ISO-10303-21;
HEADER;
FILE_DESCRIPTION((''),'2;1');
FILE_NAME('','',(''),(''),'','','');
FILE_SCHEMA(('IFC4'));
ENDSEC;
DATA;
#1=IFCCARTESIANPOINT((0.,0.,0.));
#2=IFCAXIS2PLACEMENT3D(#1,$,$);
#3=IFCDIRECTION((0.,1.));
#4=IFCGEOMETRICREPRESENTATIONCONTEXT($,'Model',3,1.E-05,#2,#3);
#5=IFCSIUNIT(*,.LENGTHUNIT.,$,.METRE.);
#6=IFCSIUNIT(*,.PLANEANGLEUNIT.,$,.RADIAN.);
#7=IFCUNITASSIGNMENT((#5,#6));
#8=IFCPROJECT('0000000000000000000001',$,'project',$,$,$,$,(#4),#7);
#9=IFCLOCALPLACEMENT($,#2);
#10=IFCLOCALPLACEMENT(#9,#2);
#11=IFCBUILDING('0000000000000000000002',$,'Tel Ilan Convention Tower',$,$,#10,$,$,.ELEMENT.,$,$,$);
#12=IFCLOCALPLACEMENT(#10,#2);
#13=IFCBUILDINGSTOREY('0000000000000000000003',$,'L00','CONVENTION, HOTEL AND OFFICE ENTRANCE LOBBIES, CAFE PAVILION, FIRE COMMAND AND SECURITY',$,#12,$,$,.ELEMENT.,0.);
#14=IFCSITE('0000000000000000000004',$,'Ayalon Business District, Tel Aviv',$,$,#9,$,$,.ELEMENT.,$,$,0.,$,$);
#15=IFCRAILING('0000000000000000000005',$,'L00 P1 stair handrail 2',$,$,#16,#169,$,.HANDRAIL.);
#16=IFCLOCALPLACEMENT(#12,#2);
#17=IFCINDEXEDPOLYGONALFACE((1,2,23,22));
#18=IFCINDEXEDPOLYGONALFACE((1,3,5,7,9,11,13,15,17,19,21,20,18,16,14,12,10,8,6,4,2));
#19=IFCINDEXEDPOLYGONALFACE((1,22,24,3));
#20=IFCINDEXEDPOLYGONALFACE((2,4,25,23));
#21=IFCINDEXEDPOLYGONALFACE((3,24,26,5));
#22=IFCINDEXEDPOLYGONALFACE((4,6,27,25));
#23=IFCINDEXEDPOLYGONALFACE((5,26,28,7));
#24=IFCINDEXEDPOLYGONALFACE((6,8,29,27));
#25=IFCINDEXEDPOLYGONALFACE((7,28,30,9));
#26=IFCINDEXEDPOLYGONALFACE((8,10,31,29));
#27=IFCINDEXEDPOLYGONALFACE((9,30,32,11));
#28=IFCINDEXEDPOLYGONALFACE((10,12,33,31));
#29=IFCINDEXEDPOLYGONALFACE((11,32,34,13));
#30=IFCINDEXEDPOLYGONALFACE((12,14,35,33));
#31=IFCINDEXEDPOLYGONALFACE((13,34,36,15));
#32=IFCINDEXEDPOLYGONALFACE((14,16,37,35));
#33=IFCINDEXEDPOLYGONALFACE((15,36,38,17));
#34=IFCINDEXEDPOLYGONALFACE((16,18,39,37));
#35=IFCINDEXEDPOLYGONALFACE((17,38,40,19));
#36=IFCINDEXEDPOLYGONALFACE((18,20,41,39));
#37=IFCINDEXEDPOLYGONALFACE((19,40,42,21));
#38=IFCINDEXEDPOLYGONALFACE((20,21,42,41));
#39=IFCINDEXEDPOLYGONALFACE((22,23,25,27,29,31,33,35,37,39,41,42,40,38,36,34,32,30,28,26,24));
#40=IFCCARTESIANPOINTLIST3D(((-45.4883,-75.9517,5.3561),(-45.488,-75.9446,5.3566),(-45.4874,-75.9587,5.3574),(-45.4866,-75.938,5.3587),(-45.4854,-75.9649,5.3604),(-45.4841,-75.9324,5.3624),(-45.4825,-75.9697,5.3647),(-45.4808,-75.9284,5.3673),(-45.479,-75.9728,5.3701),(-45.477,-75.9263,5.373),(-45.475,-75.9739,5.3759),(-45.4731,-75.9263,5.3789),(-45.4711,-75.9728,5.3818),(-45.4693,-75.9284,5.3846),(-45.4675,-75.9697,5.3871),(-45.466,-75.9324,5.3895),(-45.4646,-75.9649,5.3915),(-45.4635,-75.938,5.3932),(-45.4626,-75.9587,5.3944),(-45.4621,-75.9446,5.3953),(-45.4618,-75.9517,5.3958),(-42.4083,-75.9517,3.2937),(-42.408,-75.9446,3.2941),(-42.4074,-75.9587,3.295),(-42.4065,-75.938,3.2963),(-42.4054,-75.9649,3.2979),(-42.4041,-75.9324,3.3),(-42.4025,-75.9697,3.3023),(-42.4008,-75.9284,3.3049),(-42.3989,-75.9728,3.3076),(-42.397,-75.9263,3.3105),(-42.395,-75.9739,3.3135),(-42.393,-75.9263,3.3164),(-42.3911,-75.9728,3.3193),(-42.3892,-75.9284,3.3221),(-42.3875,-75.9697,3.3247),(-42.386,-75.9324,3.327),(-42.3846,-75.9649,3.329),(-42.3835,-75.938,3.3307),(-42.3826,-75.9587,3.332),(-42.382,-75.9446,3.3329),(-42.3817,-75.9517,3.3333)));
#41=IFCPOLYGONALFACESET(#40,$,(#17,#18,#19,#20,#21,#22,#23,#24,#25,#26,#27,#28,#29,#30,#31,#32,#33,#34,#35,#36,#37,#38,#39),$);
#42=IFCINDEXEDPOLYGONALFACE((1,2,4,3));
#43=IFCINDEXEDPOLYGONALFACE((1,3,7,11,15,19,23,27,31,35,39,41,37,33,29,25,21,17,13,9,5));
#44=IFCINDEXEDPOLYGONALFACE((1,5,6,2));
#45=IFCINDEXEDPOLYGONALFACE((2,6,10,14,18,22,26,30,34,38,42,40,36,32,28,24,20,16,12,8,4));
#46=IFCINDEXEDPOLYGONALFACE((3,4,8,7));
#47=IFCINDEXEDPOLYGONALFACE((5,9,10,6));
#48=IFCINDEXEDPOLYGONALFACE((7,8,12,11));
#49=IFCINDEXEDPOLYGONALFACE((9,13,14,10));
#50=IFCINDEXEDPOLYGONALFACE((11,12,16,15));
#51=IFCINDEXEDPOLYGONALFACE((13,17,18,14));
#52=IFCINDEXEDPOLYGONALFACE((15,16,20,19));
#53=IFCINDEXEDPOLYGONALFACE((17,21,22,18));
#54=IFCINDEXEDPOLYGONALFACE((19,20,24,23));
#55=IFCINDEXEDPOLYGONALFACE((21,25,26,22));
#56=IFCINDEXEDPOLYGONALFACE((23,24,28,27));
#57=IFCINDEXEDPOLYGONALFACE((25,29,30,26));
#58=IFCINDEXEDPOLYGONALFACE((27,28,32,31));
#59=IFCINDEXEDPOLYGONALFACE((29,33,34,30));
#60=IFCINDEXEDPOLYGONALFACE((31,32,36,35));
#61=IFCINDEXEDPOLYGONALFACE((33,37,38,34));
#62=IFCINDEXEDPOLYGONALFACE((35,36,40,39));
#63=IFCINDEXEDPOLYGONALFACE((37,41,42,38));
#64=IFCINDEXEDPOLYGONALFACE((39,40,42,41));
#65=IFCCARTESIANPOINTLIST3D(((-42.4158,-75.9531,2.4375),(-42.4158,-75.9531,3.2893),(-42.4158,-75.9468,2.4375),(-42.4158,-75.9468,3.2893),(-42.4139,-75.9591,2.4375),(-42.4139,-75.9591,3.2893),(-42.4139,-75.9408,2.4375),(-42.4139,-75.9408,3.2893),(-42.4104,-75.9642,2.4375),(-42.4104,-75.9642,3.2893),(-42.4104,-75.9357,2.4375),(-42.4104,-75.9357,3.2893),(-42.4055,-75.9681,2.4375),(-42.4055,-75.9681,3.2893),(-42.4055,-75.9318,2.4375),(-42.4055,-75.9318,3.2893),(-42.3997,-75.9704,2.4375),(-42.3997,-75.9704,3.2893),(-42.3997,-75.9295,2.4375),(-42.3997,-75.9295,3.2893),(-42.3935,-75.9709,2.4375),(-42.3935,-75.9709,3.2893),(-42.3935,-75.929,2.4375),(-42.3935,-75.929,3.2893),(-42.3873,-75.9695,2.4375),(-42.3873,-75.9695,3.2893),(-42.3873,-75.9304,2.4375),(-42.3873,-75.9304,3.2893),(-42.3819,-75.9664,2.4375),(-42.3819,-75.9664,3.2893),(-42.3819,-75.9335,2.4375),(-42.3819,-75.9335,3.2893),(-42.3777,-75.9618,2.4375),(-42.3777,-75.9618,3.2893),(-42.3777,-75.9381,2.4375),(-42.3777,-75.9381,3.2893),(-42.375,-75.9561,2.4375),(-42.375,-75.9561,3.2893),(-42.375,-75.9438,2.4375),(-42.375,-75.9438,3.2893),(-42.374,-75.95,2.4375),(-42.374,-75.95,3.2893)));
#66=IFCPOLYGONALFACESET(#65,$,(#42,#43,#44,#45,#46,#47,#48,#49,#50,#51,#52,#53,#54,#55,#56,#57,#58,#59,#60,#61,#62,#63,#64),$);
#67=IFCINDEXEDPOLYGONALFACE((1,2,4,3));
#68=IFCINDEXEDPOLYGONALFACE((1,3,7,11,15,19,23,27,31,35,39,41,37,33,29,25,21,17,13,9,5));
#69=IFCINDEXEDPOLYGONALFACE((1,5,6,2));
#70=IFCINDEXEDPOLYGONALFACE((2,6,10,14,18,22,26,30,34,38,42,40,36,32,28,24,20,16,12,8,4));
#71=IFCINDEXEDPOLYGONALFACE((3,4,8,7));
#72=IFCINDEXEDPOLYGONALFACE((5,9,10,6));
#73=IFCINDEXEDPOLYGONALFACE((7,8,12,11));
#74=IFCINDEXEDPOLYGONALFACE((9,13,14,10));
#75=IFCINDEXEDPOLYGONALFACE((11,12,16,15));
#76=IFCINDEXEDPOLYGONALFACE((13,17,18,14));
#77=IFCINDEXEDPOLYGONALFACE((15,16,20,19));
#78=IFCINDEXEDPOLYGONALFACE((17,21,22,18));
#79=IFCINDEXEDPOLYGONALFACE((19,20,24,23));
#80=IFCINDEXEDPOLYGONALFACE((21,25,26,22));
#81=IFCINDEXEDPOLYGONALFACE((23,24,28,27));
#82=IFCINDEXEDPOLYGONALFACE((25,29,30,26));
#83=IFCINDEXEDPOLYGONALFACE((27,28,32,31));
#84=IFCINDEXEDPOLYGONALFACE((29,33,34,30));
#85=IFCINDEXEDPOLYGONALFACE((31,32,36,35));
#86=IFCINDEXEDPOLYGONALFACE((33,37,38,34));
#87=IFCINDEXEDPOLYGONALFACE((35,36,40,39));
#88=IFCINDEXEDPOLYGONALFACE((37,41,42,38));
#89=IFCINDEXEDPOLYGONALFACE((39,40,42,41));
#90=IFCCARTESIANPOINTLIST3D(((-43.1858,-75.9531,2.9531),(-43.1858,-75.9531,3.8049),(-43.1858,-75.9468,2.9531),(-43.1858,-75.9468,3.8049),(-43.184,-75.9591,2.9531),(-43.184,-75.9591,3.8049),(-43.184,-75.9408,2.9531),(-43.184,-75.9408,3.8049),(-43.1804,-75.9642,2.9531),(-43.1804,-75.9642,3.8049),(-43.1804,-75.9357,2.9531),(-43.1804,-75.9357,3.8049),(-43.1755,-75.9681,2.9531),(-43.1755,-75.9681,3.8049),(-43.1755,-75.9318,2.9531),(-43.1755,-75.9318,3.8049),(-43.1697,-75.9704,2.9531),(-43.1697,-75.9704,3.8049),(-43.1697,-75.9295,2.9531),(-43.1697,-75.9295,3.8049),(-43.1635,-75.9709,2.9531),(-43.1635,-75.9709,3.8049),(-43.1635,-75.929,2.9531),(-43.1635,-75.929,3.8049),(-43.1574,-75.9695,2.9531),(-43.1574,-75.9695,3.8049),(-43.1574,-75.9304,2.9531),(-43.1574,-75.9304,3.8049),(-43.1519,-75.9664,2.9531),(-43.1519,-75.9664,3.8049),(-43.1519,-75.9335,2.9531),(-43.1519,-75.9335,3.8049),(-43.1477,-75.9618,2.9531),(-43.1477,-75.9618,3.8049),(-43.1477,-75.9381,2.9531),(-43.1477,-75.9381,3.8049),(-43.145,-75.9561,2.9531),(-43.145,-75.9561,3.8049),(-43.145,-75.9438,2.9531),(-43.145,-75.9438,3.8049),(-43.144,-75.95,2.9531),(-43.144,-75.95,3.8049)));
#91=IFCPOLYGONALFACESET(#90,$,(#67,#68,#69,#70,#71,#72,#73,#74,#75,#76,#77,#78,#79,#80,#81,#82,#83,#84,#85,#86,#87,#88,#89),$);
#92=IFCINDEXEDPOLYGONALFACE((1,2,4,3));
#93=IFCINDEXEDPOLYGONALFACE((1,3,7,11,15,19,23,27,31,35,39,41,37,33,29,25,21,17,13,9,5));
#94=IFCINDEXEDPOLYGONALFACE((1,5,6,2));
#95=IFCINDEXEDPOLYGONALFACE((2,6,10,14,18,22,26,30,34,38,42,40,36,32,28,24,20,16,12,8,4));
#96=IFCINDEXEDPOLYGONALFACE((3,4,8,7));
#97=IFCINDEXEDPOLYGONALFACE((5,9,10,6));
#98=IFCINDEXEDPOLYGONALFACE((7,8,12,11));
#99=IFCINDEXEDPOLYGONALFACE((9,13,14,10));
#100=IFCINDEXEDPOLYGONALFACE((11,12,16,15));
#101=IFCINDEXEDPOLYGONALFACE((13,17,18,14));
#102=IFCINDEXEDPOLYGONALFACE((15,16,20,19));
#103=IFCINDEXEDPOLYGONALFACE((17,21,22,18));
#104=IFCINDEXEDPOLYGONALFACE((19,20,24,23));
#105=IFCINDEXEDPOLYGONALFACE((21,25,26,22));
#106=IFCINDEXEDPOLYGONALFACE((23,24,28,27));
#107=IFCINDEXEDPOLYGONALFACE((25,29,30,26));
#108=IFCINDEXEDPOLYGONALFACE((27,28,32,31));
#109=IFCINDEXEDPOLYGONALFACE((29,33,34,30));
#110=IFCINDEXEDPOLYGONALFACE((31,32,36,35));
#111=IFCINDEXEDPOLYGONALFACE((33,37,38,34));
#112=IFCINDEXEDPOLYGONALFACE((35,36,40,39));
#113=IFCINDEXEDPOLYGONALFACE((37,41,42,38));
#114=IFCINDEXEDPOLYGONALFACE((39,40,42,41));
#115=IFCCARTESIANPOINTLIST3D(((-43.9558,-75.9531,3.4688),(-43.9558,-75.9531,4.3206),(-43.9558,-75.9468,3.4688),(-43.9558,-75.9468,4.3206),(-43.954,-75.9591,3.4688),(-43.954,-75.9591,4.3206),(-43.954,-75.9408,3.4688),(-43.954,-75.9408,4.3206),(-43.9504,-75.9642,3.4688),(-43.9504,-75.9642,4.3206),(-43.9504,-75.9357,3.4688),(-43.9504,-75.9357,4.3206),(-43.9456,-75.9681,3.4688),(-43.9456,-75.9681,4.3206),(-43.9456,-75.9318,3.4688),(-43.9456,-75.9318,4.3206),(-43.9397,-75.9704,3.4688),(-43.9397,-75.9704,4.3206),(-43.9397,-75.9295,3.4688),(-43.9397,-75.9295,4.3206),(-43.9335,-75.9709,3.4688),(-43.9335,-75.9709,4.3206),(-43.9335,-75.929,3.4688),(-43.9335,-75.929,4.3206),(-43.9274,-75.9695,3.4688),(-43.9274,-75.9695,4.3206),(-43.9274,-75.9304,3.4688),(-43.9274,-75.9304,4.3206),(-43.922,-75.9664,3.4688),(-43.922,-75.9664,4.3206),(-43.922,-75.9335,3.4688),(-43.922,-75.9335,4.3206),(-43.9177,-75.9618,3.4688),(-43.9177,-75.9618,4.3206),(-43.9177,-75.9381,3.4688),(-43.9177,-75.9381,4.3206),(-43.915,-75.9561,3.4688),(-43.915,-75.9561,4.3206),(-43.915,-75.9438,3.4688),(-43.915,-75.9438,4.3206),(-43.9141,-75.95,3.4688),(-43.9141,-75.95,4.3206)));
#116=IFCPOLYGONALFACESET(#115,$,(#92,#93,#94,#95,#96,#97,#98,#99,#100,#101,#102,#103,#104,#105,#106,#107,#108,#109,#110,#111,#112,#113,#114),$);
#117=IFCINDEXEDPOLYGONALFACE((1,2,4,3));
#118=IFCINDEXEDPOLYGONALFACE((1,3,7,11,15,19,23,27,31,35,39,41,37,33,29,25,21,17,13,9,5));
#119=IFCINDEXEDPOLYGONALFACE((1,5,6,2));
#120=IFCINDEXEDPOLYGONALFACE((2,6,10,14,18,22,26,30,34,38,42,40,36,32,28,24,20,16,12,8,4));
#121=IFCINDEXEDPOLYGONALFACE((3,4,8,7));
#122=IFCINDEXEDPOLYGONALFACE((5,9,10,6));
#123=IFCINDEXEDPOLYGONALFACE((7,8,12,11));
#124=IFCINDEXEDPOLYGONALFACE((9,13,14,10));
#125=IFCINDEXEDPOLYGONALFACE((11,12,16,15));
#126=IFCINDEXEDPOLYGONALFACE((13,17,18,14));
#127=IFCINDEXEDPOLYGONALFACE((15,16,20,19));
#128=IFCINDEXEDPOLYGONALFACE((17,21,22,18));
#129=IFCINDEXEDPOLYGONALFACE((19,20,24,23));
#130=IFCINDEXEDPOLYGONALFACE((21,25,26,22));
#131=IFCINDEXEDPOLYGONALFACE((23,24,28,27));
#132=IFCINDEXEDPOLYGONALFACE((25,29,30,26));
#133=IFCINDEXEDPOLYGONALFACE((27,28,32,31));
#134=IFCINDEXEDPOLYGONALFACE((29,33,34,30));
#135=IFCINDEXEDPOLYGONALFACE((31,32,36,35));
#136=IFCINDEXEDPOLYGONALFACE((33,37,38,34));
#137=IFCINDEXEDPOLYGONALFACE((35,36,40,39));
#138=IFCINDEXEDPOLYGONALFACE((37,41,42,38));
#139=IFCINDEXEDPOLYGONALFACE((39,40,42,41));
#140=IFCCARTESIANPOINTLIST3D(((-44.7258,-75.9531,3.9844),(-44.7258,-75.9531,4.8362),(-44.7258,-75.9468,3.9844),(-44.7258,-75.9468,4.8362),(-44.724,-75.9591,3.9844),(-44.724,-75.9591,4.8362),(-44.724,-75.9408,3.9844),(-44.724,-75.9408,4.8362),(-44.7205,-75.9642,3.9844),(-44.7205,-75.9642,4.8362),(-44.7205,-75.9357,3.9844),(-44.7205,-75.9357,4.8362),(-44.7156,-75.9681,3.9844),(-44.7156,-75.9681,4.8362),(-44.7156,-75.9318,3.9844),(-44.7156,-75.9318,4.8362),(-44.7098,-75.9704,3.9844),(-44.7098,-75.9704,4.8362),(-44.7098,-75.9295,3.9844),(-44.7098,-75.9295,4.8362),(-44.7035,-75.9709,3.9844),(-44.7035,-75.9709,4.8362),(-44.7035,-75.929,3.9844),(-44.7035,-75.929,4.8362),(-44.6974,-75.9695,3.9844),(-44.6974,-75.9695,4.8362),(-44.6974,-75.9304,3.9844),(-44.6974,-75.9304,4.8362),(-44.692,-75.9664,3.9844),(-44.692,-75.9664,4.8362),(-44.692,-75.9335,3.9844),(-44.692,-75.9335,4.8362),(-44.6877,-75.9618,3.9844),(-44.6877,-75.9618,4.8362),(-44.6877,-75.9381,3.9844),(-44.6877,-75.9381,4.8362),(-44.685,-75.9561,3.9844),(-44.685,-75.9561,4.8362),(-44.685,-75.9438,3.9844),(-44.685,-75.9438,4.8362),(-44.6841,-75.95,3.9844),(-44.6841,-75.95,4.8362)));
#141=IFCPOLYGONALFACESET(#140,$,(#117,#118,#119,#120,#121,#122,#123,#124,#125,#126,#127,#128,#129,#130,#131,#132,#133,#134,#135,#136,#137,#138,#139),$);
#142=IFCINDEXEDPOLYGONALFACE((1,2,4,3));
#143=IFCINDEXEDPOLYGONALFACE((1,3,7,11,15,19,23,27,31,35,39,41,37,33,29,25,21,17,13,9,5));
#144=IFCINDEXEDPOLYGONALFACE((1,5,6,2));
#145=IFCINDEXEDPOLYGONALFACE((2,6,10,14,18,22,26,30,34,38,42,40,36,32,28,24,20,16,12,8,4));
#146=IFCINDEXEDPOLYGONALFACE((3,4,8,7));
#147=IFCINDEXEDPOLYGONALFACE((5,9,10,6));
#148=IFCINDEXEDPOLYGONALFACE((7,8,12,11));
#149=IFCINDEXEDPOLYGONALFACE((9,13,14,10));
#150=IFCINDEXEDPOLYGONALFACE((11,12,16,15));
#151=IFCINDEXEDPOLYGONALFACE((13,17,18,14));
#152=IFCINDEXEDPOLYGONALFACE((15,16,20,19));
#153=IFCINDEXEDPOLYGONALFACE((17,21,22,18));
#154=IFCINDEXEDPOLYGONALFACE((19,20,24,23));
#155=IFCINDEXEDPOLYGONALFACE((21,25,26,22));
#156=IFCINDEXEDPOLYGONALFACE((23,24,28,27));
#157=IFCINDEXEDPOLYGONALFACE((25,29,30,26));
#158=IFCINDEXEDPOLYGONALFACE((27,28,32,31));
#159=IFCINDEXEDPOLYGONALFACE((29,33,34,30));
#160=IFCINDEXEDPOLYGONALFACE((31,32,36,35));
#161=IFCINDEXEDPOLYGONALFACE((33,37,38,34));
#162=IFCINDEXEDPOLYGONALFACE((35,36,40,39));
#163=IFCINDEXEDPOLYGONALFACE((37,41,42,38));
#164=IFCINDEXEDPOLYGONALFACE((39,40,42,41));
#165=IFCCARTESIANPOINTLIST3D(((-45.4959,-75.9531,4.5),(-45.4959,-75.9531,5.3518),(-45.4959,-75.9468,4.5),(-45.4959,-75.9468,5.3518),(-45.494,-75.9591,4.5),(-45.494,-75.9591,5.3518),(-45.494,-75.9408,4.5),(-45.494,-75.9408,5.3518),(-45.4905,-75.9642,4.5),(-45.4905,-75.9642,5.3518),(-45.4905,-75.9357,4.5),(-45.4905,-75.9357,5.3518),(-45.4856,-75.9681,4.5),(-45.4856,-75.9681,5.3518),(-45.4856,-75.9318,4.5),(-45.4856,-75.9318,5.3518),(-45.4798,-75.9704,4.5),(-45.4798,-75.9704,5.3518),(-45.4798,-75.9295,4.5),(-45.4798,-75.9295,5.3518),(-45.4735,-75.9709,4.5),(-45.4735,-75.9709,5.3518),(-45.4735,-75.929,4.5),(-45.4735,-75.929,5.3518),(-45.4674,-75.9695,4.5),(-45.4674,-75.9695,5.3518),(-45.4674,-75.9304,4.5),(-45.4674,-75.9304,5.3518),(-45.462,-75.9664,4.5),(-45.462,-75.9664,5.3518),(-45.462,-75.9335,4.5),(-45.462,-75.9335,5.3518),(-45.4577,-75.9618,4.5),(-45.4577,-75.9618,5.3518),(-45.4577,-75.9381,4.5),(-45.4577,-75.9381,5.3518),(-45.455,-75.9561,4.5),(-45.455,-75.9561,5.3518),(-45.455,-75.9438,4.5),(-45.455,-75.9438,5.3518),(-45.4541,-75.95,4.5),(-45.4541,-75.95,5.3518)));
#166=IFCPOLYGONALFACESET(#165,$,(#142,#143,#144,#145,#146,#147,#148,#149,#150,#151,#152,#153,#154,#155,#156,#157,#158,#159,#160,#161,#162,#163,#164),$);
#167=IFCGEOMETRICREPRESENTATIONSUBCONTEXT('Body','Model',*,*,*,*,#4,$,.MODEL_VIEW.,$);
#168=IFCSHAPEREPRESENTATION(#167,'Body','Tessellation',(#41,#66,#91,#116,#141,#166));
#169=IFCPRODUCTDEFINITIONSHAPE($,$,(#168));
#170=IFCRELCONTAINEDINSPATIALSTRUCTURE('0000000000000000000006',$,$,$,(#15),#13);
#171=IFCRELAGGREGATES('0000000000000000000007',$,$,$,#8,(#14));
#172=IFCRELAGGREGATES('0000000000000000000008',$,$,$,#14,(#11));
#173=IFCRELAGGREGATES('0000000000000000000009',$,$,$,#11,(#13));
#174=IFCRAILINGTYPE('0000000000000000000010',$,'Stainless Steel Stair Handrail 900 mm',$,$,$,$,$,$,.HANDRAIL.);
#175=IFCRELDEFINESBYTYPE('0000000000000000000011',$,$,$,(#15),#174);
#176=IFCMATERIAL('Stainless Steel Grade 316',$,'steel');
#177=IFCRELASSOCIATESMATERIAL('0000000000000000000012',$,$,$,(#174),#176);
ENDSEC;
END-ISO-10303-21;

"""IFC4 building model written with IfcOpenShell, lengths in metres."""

from ifc_helpers import new_model, si_unit, direction, frame, origin, origin_2d, place, context, subcontext, project, spatial, circle, extrude, material, type_object, element, save


model = new_model("IFC4")

# Units and contexts
model_context = context("Model", 3, precision=1e-05, world=origin(), true_north=direction((0.0, 1.0)))
body_context = subcontext(model_context, "Body", "Model", "MODEL_VIEW")
ifc_project = project(units=[si_unit("LENGTHUNIT", "METRE"), si_unit("PLANEANGLEUNIT", "RADIAN")], contexts=[model_context])

# Site, building, storey
site_placement = place(None, origin())
site = spatial("IfcSite", under=ifc_project, at=site_placement, Name="Ayalon Business District, Tel Aviv", CompositionType="ELEMENT", RefElevation=0.0)
building_placement = place(site_placement, origin())
building = spatial("IfcBuilding", under=site, at=building_placement, Name="Tel Ilan Convention Tower", CompositionType="ELEMENT")
storey_placement = place(building_placement, origin())
storey = spatial("IfcBuildingStorey", under=building, at=storey_placement, Name="L00", Description="CONVENTION, HOTEL AND OFFICE ENTRANCE LOBBIES, CAFE PAVILION, FIRE COMMAND AND SECURITY", CompositionType="ELEMENT", Elevation=0.0)

# Railing
ifc_material_1 = material(Name="Stainless Steel Grade 316", Category="steel")
railing_type_1 = type_object("IfcRailingType", Name="Stainless Steel Stair Handrail 900 mm", PredefinedType="HANDRAIL", material=ifc_material_1)
for number, where, name in (
    (1, (-42.395, -75.95, 2.4375), "L00 P1 stair handrail 2"),
):
    element("IfcRailing", number, at=place(storey_placement, frame(where)), inside=storey, type_object=railing_type_1, Name=name, PredefinedType="HANDRAIL", context=body_context, shape_type="SweptSolid", body=[
        extrude(circle(Radius=0.0239, at=origin_2d()), frame((0.0, 0.0, 0.876), z_axis=(-0.830914, 0.0, 0.556401), x_axis=(0.0, -1.0, 0.0)), (0.0, 0.0, 1.0), 3.7068),
        extrude(circle(Radius=0.021, at=origin_2d()), origin(), (0.0, 0.0, 1.0), 0.8518),
        extrude(circle(Radius=0.021, at=origin_2d()), frame((-0.77, 0.0, 0.5156)), (0.0, 0.0, 1.0), 0.8518),
        extrude(circle(Radius=0.021, at=origin_2d()), frame((-1.54, 0.0, 1.0312)), (0.0, 0.0, 1.0), 0.8518),
        extrude(circle(Radius=0.021, at=origin_2d()), frame((-2.3101, 0.0, 1.5469)), (0.0, 0.0, 1.0), 0.8518),
        extrude(circle(Radius=0.021, at=origin_2d()), frame((-3.0801, 0.0, 2.0625)), (0.0, 0.0, 1.0), 0.8518),
    ])

save(model, "model.ifc")
